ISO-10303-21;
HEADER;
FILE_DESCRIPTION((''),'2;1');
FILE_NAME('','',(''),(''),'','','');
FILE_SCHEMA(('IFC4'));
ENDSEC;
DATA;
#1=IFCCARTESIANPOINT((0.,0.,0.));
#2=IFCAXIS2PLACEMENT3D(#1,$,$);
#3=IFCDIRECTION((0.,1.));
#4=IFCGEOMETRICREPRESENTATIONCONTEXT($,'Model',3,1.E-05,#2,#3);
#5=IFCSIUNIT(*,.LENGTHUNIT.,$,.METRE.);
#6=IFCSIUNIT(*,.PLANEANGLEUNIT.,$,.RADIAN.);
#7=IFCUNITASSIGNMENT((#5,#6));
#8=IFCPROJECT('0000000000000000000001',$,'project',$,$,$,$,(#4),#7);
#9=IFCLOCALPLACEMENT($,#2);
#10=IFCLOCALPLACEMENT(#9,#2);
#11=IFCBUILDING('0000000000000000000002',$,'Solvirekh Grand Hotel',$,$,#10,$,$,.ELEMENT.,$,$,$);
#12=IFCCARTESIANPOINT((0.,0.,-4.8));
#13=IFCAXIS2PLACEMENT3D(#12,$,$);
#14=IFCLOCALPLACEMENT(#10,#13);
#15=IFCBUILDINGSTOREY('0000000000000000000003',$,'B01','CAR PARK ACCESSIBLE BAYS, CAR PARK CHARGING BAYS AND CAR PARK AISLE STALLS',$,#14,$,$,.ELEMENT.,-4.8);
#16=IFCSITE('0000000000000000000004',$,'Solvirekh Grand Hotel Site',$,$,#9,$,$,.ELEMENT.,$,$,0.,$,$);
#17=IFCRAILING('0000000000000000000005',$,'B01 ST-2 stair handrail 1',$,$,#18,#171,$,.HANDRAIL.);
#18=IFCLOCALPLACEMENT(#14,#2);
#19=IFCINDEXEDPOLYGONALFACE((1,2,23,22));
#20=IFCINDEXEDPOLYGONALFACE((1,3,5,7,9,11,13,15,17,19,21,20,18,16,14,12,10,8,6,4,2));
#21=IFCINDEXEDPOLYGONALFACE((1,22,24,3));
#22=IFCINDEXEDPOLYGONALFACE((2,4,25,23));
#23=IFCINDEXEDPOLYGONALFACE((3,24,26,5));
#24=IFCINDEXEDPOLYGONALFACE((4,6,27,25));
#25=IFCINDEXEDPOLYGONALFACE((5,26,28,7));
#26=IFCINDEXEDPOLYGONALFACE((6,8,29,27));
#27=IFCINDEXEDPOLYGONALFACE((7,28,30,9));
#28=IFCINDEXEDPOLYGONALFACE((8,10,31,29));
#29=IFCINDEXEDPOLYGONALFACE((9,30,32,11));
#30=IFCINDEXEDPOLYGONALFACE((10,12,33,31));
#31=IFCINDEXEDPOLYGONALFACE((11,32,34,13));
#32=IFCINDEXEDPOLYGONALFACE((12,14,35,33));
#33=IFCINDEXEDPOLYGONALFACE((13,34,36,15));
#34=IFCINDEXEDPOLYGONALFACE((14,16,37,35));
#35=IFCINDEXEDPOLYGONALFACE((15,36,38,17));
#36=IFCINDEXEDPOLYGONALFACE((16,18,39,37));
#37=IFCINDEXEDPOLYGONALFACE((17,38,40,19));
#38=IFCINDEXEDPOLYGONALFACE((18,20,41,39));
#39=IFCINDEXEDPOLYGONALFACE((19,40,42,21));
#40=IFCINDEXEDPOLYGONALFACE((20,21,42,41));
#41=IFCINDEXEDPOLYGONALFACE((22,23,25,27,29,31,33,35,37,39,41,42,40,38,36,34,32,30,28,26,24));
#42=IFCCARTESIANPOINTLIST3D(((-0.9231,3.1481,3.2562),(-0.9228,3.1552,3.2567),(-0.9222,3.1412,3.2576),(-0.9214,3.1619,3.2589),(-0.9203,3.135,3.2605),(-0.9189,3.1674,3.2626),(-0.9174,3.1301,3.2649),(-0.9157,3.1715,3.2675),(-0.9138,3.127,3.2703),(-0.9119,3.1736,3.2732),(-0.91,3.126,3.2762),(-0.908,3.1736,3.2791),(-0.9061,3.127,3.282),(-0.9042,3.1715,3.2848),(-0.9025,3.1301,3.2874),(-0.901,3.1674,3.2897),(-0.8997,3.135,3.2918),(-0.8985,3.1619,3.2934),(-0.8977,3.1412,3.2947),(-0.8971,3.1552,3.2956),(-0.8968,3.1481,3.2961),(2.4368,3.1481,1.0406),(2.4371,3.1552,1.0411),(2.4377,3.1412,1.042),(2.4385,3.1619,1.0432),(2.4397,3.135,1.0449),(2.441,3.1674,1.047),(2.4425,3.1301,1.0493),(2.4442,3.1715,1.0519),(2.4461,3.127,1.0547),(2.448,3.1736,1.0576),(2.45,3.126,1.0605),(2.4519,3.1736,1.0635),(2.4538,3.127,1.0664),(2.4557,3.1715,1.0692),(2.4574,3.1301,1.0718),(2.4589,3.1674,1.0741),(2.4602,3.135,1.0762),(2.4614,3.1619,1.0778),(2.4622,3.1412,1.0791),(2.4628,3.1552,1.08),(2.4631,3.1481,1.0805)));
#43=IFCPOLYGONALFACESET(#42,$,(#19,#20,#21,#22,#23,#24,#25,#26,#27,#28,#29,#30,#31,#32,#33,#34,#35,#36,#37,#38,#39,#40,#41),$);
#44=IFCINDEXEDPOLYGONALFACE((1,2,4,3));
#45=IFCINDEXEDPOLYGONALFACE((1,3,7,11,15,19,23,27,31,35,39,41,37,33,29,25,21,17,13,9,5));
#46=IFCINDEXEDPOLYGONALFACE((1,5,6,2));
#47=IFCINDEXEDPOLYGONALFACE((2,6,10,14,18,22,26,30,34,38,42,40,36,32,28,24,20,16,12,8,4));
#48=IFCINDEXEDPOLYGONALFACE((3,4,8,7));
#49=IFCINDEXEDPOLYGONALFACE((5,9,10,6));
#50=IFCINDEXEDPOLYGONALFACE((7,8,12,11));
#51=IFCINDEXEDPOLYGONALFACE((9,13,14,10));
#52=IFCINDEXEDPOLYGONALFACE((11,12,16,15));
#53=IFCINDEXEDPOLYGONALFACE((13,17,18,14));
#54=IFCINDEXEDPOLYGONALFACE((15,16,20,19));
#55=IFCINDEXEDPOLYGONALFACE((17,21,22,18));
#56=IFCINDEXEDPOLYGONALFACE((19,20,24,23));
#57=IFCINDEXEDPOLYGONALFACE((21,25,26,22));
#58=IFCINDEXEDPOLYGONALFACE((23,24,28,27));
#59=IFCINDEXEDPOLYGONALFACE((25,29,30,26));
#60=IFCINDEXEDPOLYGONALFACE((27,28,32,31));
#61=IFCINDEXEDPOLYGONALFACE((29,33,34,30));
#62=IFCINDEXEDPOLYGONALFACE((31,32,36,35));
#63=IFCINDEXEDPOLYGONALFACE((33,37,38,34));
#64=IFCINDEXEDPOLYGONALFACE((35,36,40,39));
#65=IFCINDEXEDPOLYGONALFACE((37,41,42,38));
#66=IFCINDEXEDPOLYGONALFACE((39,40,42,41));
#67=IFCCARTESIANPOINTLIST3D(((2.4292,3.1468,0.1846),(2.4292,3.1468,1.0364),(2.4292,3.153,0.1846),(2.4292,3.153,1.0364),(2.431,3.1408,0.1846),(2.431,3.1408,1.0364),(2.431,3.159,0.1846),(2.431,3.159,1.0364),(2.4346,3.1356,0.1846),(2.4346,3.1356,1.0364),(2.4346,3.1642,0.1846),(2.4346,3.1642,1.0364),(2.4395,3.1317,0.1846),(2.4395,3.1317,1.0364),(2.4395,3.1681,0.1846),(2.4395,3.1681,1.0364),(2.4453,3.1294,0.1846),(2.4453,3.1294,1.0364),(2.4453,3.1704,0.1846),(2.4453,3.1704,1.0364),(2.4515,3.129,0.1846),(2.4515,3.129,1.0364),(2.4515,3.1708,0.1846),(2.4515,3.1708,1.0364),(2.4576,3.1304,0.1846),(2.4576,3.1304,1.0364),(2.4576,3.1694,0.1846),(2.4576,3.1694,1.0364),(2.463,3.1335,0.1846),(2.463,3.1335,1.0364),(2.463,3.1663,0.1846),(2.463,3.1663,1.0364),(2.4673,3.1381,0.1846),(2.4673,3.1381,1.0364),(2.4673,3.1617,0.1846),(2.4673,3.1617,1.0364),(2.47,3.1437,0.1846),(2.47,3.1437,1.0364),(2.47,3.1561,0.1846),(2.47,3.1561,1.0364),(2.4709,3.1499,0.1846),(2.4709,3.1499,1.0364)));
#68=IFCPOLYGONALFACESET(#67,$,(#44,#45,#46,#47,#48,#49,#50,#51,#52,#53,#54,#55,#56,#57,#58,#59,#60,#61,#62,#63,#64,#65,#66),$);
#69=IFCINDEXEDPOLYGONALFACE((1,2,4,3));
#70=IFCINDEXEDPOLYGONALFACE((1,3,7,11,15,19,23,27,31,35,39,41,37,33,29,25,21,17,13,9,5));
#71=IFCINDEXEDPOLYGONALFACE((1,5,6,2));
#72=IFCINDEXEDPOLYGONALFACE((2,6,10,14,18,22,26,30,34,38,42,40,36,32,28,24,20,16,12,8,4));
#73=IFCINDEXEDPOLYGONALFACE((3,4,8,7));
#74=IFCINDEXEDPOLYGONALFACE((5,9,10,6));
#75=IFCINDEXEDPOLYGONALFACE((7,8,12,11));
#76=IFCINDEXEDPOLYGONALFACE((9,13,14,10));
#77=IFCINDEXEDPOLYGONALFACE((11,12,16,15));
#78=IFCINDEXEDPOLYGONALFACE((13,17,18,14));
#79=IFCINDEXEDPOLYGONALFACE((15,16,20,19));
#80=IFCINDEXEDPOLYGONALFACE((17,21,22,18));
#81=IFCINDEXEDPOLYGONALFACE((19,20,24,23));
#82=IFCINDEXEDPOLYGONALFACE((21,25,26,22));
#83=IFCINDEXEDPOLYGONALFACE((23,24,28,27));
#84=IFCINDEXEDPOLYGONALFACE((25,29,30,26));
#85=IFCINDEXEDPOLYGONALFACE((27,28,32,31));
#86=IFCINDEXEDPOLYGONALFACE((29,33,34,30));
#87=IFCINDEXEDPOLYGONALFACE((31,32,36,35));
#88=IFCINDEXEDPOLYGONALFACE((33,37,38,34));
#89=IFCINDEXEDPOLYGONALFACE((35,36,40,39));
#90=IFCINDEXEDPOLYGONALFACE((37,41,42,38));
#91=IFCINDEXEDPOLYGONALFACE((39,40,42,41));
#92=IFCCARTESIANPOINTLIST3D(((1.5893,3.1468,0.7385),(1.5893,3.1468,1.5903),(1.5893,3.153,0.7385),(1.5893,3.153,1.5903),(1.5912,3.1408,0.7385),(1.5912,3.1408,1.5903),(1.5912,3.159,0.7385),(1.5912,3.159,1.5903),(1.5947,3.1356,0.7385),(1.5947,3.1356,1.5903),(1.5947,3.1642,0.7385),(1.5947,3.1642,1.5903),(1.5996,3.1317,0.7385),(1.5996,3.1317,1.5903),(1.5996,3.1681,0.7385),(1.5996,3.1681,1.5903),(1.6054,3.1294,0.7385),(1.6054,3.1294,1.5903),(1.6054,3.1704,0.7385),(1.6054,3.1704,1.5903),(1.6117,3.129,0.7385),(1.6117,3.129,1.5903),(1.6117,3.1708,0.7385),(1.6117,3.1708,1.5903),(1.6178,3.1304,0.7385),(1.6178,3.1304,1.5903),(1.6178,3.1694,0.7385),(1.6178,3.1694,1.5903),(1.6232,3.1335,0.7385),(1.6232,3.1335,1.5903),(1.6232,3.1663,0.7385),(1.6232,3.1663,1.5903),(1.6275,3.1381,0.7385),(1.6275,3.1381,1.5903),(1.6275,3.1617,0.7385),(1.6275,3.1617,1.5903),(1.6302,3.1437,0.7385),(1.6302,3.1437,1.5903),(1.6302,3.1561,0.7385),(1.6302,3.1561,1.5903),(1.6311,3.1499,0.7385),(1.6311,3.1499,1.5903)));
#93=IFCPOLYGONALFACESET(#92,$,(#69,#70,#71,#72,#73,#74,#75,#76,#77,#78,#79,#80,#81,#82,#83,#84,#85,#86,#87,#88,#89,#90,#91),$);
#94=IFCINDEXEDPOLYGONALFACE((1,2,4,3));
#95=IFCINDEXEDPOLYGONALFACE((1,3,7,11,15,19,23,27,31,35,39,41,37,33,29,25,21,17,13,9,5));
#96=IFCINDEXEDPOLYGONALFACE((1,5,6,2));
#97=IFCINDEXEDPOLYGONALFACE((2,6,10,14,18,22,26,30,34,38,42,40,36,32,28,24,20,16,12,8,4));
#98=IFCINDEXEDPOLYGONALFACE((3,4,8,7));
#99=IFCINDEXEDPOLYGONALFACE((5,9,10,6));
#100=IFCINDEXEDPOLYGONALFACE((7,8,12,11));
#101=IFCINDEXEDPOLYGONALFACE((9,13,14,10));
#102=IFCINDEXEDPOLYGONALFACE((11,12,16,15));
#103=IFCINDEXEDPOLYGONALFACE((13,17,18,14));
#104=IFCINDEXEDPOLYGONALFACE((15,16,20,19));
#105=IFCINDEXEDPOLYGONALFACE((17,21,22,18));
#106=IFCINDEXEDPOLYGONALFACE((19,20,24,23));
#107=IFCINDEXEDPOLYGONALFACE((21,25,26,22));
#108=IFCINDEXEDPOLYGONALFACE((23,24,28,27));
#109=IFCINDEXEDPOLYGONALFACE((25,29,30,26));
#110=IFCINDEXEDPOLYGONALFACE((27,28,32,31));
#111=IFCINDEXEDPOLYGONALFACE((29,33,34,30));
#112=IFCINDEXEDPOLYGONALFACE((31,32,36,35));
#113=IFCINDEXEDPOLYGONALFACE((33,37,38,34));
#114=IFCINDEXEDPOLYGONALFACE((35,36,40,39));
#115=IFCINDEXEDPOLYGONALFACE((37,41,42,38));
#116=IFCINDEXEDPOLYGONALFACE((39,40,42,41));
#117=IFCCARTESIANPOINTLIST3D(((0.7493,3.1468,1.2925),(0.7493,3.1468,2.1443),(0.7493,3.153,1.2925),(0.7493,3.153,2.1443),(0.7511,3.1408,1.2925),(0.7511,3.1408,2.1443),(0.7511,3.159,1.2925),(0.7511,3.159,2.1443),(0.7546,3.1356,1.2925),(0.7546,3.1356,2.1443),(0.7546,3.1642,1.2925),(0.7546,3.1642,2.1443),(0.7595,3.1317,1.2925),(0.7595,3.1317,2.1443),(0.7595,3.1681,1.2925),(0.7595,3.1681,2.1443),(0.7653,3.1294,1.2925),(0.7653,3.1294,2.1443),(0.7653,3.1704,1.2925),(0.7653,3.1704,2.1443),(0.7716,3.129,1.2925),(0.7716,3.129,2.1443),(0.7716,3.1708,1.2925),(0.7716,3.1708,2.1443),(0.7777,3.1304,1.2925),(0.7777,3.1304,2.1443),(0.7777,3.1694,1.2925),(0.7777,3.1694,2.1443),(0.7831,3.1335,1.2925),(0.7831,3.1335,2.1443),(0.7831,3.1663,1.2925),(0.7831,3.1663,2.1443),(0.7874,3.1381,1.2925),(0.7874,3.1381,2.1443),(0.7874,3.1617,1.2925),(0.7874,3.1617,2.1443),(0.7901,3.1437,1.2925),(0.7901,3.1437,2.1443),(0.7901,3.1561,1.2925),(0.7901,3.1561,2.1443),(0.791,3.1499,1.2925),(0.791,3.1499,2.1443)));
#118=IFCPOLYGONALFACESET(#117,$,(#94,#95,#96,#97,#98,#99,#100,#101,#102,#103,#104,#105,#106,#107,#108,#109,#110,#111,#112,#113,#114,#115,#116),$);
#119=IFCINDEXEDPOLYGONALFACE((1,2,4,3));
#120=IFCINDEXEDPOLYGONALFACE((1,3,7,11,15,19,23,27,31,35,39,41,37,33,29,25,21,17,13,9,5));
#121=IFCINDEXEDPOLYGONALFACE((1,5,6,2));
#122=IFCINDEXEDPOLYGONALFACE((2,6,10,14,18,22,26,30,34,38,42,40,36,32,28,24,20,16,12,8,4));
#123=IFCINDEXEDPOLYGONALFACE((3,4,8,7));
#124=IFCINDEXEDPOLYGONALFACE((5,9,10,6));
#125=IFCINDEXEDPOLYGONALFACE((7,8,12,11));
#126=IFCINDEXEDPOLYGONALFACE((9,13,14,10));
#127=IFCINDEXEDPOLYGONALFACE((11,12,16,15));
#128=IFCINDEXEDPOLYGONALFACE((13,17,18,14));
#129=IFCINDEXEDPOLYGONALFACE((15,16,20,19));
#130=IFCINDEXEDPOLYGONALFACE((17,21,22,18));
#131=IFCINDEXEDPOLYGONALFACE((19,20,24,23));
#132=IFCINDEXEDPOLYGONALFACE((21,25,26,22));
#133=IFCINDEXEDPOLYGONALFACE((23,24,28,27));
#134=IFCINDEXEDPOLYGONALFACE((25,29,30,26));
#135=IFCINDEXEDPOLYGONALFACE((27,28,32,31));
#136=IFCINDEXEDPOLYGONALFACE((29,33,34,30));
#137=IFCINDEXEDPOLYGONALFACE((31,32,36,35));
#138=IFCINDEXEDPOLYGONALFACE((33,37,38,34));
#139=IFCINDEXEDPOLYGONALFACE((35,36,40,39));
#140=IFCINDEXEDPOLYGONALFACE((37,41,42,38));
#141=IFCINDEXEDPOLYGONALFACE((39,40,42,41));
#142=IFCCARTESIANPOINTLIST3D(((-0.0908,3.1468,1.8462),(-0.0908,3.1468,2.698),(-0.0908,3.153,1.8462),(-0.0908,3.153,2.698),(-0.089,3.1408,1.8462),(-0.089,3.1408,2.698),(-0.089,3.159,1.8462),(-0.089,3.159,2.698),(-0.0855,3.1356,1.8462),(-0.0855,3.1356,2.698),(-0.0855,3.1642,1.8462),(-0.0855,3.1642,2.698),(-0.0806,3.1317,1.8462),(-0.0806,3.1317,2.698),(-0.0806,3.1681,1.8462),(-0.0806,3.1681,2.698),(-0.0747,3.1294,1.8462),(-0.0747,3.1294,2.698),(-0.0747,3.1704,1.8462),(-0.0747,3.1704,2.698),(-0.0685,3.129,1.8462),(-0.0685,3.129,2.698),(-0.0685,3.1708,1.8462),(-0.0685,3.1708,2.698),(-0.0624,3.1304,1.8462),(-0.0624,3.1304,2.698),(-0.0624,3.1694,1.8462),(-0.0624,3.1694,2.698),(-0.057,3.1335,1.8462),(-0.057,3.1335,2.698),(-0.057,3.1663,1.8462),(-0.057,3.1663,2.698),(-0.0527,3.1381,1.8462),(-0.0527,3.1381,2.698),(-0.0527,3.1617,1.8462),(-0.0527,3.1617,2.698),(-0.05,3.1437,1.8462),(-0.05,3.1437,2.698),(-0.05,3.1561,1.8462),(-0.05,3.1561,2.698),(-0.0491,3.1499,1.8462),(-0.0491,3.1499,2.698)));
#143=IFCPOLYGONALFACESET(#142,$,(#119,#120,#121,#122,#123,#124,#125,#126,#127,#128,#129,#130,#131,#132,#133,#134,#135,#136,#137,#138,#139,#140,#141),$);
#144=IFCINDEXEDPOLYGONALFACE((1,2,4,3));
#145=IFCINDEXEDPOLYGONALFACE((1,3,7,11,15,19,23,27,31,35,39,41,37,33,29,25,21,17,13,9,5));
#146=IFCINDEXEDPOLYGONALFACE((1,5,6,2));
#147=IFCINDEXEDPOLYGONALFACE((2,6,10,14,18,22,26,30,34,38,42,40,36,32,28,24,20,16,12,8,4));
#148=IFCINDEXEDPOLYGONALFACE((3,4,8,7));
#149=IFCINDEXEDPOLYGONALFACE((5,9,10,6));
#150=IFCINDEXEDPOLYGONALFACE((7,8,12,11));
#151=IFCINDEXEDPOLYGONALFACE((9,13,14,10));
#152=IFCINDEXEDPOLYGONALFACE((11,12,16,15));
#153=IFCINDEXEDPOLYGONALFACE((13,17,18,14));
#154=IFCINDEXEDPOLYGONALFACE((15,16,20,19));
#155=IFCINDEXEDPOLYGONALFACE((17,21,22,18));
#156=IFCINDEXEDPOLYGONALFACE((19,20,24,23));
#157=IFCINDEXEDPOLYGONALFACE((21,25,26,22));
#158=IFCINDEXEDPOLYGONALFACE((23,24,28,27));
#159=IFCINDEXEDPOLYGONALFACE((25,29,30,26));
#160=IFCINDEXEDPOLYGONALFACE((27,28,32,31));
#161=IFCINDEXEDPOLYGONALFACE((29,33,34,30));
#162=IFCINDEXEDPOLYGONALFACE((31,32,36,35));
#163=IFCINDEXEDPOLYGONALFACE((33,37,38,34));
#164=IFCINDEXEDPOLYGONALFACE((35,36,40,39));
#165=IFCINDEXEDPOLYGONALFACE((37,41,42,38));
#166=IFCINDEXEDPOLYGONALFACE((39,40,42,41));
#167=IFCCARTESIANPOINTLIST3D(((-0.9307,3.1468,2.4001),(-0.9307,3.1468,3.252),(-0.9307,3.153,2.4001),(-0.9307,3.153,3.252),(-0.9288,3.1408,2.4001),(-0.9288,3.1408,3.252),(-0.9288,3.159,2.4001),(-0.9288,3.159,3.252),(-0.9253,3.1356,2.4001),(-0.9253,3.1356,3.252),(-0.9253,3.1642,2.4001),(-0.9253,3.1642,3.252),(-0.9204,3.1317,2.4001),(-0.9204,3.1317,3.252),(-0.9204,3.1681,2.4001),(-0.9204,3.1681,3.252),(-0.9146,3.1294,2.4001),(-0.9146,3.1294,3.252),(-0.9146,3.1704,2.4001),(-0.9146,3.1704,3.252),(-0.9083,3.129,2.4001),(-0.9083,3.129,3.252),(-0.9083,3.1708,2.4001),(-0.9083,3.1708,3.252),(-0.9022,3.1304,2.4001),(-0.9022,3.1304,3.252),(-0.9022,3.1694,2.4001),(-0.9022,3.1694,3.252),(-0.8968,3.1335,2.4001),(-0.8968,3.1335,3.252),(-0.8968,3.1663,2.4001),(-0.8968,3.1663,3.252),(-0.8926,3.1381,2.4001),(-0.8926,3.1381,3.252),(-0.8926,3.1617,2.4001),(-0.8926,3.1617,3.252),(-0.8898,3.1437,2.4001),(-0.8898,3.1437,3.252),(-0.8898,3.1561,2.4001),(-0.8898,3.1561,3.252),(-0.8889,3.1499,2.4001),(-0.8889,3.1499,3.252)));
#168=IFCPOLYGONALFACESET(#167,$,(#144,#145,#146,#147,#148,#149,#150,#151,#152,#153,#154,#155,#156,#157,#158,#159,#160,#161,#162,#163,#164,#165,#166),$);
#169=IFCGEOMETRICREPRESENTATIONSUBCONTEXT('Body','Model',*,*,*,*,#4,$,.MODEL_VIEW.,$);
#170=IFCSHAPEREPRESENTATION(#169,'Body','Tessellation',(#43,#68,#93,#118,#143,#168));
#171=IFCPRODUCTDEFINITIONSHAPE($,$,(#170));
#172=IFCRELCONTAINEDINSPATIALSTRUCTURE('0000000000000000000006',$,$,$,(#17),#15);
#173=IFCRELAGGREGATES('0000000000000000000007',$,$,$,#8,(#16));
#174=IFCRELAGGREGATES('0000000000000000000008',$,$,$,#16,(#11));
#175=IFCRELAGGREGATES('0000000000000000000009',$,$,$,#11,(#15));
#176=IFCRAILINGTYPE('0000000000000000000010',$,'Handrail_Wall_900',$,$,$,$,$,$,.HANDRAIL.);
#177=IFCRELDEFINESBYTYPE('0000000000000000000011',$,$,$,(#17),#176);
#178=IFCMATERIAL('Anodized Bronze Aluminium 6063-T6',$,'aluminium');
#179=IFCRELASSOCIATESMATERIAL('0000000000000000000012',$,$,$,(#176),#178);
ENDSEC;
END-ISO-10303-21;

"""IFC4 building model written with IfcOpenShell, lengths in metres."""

from ifc_helpers import new_model, si_unit, direction, frame, origin, origin_2d, place, context, subcontext, project, spatial, circle, extrude, material, type_object, element, save


model = new_model("IFC4")

# Units and contexts
model_context = context("Model", 3, precision=1e-05, world=origin(), true_north=direction((0.0, 1.0)))
body_context = subcontext(model_context, "Body", "Model", "MODEL_VIEW")
ifc_project = project(units=[si_unit("LENGTHUNIT", "METRE"), si_unit("PLANEANGLEUNIT", "RADIAN")], contexts=[model_context])

# Site, building, storey
site_placement = place(None, origin())
site = spatial("IfcSite", under=ifc_project, at=site_placement, Name="Solvirekh Grand Hotel Site", CompositionType="ELEMENT", RefElevation=0.0)
building_placement = place(site_placement, origin())
building = spatial("IfcBuilding", under=site, at=building_placement, Name="Solvirekh Grand Hotel", CompositionType="ELEMENT")
storey_placement = place(building_placement, frame((0.0, 0.0, -4.8)))
storey = spatial("IfcBuildingStorey", under=building, at=storey_placement, Name="B01", Description="CAR PARK ACCESSIBLE BAYS, CAR PARK CHARGING BAYS AND CAR PARK AISLE STALLS", CompositionType="ELEMENT", Elevation=-4.8)

# Railing
ifc_material_1 = material(Name="Anodized Bronze Aluminium 6063-T6", Category="aluminium")
railing_type_1 = type_object("IfcRailingType", Name="Handrail_Wall_900", PredefinedType="HANDRAIL", material=ifc_material_1)
for number, where, name in (
    (1, (2.45, 3.1499, 0.1846), "B01 ST-2 stair handrail 1"),
):
    element("IfcRailing", number, at=place(storey_placement, frame(where)), inside=storey, type_object=railing_type_1, Name=name, PredefinedType="HANDRAIL", context=body_context, shape_type="SweptSolid", body=[
        extrude(circle(Radius=0.0239, at=origin_2d()), frame((0.0, 0.0, 0.876), z_axis=(-0.83483, 0.0, 0.550508), x_axis=(0.0, -1.0, 0.0)), (0.0, 0.0, 1.0), 4.0247),
        extrude(circle(Radius=0.021, at=origin_2d()), origin(), (0.0, 0.0, 1.0), 0.8518),
        extrude(circle(Radius=0.021, at=origin_2d()), frame((-0.8398, 0.0, 0.554)), (0.0, 0.0, 1.0), 0.8518),
        extrude(circle(Radius=0.021, at=origin_2d()), frame((-1.6799, 0.0, 1.1079)), (0.0, 0.0, 1.0), 0.8518),
        extrude(circle(Radius=0.021, at=origin_2d()), frame((-2.52, 0.0, 1.6616)), (0.0, 0.0, 1.0), 0.8518),
        extrude(circle(Radius=0.021, at=origin_2d()), frame((-3.3599, 0.0, 2.2156)), (0.0, 0.0, 1.0), 0.8518),
    ])

save(model, "model.ifc")
